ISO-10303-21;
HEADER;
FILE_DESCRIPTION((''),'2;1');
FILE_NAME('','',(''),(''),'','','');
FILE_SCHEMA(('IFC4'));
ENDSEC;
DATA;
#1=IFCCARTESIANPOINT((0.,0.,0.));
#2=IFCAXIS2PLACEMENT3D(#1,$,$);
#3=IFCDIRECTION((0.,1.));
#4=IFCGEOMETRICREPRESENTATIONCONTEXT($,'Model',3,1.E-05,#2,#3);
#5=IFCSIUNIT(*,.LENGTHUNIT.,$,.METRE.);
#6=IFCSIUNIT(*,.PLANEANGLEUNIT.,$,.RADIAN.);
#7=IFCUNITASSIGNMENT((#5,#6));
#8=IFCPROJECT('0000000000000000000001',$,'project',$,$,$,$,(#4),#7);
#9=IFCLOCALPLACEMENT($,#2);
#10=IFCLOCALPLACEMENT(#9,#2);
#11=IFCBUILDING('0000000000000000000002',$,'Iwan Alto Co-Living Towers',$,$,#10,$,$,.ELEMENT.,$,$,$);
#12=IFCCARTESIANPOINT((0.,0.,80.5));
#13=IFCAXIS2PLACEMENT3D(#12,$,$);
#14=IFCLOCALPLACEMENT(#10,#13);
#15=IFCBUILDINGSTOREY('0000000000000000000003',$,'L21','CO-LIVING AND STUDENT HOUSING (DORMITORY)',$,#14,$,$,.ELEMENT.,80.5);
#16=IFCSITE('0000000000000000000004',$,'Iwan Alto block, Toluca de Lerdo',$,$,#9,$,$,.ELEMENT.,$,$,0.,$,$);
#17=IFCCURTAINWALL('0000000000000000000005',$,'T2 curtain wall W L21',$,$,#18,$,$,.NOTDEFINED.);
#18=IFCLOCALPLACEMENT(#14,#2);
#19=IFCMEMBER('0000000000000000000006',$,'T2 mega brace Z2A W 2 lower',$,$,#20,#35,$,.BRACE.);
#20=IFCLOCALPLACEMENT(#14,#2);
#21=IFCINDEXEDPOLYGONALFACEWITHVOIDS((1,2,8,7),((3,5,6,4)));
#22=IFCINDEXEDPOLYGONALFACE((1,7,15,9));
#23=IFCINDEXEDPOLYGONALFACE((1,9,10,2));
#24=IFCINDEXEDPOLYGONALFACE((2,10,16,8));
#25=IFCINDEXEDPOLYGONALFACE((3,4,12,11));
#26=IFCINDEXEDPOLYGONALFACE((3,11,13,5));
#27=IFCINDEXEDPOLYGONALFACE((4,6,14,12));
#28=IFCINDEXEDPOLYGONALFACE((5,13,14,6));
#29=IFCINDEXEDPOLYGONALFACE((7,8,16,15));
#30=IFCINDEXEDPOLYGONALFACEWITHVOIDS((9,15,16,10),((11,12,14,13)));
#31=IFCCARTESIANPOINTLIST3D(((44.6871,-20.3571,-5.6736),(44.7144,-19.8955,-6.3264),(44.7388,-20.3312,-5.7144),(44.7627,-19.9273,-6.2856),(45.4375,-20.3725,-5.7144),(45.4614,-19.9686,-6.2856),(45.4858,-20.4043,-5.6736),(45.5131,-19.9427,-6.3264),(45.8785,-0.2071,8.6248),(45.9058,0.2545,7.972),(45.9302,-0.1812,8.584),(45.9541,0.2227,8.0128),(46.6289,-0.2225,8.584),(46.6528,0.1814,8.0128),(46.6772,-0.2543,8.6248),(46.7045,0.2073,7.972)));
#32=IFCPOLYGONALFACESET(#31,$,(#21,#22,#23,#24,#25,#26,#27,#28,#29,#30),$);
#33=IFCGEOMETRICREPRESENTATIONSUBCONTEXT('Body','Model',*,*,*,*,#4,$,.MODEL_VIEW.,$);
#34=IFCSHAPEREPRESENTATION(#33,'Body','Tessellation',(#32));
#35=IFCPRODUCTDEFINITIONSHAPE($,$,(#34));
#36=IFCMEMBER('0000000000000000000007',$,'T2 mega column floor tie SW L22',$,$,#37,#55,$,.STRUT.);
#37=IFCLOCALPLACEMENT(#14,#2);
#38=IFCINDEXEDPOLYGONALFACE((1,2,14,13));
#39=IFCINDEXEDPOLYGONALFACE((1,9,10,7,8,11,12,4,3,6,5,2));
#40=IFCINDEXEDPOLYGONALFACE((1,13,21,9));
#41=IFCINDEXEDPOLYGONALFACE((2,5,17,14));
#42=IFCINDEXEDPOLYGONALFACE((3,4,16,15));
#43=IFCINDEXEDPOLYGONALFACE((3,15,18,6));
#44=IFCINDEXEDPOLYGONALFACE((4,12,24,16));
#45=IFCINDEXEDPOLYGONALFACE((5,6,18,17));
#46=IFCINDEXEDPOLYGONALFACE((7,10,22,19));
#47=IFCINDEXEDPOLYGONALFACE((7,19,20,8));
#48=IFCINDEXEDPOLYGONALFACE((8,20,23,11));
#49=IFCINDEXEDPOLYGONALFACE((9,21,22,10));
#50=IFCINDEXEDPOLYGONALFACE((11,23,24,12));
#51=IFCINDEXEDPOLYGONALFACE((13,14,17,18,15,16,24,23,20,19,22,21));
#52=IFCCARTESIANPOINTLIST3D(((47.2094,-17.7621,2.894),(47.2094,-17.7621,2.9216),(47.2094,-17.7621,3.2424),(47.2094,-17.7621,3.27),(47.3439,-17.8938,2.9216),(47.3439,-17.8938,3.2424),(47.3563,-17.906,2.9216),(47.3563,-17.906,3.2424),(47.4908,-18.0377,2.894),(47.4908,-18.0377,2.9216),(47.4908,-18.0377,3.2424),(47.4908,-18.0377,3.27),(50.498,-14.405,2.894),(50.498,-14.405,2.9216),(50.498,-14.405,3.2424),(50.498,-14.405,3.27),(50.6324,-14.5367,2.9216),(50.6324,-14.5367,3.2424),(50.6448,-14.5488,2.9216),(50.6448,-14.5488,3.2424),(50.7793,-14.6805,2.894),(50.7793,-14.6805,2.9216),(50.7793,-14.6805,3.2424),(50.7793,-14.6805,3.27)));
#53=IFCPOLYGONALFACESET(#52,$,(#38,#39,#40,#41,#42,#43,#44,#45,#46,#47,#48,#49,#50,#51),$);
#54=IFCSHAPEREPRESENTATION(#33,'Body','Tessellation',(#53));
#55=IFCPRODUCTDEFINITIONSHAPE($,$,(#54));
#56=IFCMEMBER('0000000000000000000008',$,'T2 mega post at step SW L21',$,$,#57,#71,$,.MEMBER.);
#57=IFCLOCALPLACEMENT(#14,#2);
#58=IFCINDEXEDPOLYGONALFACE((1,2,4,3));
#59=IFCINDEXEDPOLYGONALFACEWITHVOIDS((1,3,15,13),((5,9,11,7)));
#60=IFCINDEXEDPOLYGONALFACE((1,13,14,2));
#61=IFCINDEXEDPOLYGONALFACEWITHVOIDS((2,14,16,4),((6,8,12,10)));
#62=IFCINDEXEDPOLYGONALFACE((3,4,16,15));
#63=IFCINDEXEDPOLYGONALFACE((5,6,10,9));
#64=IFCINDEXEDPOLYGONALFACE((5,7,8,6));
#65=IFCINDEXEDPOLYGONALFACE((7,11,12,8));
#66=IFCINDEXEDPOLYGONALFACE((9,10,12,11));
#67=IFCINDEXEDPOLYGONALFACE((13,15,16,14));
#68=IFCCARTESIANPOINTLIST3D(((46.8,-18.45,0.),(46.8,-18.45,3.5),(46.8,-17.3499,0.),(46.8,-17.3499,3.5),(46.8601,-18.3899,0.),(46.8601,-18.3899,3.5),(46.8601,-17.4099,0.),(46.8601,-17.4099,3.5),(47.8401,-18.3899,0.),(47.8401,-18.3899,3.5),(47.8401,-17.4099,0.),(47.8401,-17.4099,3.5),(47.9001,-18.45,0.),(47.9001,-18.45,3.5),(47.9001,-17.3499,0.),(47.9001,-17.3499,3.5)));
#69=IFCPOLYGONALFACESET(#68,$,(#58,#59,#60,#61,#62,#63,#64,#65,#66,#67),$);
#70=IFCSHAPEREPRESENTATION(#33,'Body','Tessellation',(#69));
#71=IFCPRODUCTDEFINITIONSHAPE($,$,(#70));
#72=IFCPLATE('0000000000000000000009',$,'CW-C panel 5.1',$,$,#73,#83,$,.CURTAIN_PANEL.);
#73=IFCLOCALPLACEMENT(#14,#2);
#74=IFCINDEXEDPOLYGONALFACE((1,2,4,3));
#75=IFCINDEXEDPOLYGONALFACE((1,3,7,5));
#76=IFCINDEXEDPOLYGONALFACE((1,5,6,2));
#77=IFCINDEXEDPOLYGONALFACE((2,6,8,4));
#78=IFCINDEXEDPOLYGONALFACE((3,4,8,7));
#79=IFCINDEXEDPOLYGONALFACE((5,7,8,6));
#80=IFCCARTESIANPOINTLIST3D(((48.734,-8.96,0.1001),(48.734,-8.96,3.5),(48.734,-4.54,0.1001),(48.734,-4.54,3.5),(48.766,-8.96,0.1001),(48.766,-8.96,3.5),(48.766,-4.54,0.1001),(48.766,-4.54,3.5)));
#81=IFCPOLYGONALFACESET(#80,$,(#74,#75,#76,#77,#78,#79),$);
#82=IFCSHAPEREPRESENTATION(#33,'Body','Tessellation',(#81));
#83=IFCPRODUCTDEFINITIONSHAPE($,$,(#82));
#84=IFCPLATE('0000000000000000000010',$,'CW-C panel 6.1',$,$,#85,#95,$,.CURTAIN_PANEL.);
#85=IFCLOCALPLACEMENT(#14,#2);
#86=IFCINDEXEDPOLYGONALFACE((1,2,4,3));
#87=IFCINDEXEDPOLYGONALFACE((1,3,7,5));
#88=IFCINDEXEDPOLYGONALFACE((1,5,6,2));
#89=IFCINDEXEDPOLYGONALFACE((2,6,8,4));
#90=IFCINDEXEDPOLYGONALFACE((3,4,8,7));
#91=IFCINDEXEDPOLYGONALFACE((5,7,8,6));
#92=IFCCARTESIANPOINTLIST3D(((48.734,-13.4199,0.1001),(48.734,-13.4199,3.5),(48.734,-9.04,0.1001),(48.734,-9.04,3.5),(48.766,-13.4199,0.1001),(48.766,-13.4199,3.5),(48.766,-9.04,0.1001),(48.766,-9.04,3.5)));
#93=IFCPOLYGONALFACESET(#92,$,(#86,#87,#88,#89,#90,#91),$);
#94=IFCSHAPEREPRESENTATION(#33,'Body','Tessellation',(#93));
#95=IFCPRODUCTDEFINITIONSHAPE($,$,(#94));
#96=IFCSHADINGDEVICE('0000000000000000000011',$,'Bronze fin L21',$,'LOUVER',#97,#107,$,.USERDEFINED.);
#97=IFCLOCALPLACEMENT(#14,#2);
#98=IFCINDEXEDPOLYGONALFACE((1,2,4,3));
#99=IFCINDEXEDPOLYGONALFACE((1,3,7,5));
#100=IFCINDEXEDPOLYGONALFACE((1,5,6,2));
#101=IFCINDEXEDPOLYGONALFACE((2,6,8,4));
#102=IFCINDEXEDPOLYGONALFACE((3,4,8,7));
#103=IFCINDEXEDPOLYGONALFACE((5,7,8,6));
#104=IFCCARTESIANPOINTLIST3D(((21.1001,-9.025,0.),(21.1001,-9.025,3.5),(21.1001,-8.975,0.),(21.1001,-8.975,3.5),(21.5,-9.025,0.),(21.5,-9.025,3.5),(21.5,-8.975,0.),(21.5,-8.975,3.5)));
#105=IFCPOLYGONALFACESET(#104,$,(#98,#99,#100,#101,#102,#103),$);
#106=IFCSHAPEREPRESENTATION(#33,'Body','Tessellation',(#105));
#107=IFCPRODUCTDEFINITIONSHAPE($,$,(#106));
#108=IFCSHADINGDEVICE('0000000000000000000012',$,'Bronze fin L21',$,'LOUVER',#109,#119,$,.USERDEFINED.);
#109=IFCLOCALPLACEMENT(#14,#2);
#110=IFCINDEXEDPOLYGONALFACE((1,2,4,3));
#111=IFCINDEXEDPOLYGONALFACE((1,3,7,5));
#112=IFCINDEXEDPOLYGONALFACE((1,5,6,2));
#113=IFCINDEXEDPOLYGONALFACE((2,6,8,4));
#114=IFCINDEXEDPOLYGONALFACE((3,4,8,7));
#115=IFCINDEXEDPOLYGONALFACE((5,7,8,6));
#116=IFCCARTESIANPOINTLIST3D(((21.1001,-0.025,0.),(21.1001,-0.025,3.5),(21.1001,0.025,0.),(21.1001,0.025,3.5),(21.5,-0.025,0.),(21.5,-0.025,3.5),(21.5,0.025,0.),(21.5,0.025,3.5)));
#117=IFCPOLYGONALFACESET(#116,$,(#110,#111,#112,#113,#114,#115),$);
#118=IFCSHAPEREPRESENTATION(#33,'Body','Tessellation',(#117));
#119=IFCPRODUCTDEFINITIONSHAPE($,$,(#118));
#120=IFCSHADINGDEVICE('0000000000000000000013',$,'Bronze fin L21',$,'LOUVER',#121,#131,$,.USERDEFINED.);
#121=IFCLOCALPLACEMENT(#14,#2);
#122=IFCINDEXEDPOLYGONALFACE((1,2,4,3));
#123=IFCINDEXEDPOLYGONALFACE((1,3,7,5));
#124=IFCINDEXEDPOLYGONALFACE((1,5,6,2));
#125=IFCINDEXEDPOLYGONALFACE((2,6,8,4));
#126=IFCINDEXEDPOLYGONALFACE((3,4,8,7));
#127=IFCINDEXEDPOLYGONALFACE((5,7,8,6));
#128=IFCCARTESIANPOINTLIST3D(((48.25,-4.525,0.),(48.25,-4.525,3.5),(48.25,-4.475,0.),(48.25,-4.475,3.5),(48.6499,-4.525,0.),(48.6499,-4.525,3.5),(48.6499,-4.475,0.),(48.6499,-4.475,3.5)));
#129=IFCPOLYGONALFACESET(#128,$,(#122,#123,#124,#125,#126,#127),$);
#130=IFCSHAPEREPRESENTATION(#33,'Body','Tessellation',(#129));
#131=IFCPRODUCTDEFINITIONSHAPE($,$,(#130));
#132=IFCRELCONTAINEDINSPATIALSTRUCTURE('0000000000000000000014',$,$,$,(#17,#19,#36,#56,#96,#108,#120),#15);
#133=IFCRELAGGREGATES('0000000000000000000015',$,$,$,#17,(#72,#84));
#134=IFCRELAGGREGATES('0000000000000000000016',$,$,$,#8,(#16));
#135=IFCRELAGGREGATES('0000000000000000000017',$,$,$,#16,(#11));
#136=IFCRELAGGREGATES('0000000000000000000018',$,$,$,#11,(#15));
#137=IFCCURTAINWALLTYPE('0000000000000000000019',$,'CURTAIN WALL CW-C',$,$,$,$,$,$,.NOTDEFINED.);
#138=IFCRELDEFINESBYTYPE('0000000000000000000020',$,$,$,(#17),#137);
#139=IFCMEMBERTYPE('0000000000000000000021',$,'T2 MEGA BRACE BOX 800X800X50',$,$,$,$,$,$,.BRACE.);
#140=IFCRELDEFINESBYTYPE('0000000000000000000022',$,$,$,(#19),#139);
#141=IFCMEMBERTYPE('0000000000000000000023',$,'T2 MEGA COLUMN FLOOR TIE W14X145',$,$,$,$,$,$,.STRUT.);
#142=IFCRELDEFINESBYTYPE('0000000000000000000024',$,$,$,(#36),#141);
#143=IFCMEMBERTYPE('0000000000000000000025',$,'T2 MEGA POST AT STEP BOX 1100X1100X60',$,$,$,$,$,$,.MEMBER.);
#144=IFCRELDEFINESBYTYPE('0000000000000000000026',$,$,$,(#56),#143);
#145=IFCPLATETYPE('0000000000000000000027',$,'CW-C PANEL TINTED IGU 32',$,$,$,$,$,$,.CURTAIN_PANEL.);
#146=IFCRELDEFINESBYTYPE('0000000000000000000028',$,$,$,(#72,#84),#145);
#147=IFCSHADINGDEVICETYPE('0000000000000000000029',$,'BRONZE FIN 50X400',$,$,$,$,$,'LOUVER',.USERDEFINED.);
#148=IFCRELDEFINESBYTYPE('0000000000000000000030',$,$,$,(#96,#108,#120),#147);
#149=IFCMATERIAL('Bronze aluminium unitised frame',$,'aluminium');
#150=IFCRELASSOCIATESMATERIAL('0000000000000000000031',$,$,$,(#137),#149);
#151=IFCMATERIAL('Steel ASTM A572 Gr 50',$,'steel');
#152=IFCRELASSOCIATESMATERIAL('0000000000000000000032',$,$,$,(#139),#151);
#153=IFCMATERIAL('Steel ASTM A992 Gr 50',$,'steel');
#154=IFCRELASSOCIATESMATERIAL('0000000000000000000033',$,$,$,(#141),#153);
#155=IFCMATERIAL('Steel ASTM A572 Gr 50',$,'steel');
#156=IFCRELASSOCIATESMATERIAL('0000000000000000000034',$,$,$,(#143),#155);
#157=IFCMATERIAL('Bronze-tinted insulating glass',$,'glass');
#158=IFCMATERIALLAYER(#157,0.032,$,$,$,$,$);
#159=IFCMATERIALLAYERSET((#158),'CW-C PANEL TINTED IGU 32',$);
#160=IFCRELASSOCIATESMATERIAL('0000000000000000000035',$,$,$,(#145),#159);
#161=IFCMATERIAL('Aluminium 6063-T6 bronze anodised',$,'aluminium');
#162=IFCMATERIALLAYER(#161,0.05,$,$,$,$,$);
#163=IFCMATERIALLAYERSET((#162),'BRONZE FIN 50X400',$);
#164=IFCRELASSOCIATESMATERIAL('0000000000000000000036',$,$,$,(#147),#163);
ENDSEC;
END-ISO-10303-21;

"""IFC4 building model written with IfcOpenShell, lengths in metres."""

from ifc_helpers import new_model, si_unit, direction, frame, origin, origin_2d, place, context, subcontext, project, spatial, rectangle, hollow_rectangle, i_section, extrude, material, layer, layer_set, material_profile, profile_set, type_object, element, aggregate, save


model = new_model("IFC4")

# Units and contexts
model_context = context("Model", 3, precision=1e-05, world=origin(), true_north=direction((0.0, 1.0)))
body_context = subcontext(model_context, "Body", "Model", "MODEL_VIEW")
ifc_project = project(units=[si_unit("LENGTHUNIT", "METRE"), si_unit("PLANEANGLEUNIT", "RADIAN")], contexts=[model_context])

# Site, building, storey
site_placement = place(None, origin())
site = spatial("IfcSite", under=ifc_project, at=site_placement, Name="Iwan Alto block, Toluca de Lerdo", CompositionType="ELEMENT", RefElevation=0.0)
building_placement = place(site_placement, origin())
building = spatial("IfcBuilding", under=site, at=building_placement, Name="Iwan Alto Co-Living Towers", CompositionType="ELEMENT")
storey_placement = place(building_placement, frame((0.0, 0.0, 80.5)))
storey = spatial("IfcBuildingStorey", under=building, at=storey_placement, Name="L21", Description="CO-LIVING AND STUDENT HOUSING (DORMITORY)", CompositionType="ELEMENT", Elevation=80.5)

# Curtain wall
ifc_material_1 = material(Name="Bronze aluminium unitised frame", Category="aluminium")
curtain_wall_type = type_object("IfcCurtainWallType", Name="CURTAIN WALL CW-C", PredefinedType="NOTDEFINED", material=ifc_material_1)
curtain_wall_placement = place(storey_placement, origin())
curtain_wall = element("IfcCurtainWall", 1, at=curtain_wall_placement, inside=storey, type_object=curtain_wall_type, Name="T2 curtain wall W L21", PredefinedType="NOTDEFINED")

# Members
ifc_material_2 = material(Name="Steel ASTM A572 Gr 50", Category="steel")
ifc_material_profile_1 = material_profile(ifc_material_2, hollow_rectangle(XDim=0.8, YDim=0.8, WallThickness=0.05, at=origin_2d()), Name="BOX 800X800X50")
ifc_profile_set_1 = profile_set([ifc_material_profile_1], Name="Steel ASTM A572 Gr 50")
member_type_1 = type_object("IfcMemberType", Name="T2 MEGA BRACE BOX 800X800X50", PredefinedType="BRACE", material=ifc_profile_set_1)
member_1_placement = place(storey_placement, frame((45.1001, -20.1499, -6.0), z_axis=(0.048164, 0.814591, 0.578033), x_axis=(-0.998257, 0.059024, 0.0)))
element("IfcMember", 2, at=member_1_placement, inside=storey, type_object=member_type_1, Name="T2 mega brace Z2A W 2 lower", PredefinedType="BRACE", context=body_context, shape_type="SweptSolid", body=[
    extrude(hollow_rectangle(XDim=0.8, YDim=0.8, WallThickness=0.05, at=origin_2d()), origin(), (0.0, 0.0, 1.0), 24.7363),
])
ifc_material_3 = material(Name="Steel ASTM A992 Gr 50", Category="steel")
ifc_material_profile_2 = material_profile(ifc_material_3, i_section(OverallWidth=0.3938, OverallDepth=0.376, WebThickness=0.0173, FlangeThickness=0.0276, at=origin_2d()), Name="W14X145")
ifc_profile_set_2 = profile_set([ifc_material_profile_2], Name="Steel ASTM A992 Gr 50")
member_type_2 = type_object("IfcMemberType", Name="T2 MEGA COLUMN FLOOR TIE W14X145", PredefinedType="STRUT", material=ifc_profile_set_2)
member_2_placement = place(storey_placement, frame((47.3501, -17.8999, 3.082), z_axis=(0.69977, 0.714368, 0.0), x_axis=(-0.714368, 0.69977, 0.0)))
element("IfcMember", 3, at=member_2_placement, inside=storey, type_object=member_type_2, Name="T2 mega column floor tie SW L22", PredefinedType="STRUT", context=body_context, shape_type="SweptSolid", body=[
    extrude(i_section(OverallWidth=0.3938, OverallDepth=0.376, WebThickness=0.0173, FlangeThickness=0.0276, at=origin_2d()), origin(), (0.0, 0.0, 1.0), 4.6995),
])
ifc_material_4 = material(Name="Steel ASTM A572 Gr 50", Category="steel")
ifc_material_profile_3 = material_profile(ifc_material_4, hollow_rectangle(XDim=1.1001, YDim=1.1001, WallThickness=0.0601, at=origin_2d()), Name="BOX 1100X1100X60")
ifc_profile_set_3 = profile_set([ifc_material_profile_3], Name="Steel ASTM A572 Gr 50")
member_type_3 = type_object("IfcMemberType", Name="T2 MEGA POST AT STEP BOX 1100X1100X60", PredefinedType="MEMBER", material=ifc_profile_set_3)
member_3_placement = place(storey_placement, frame((47.3501, -17.8999, 0.0), z_axis=(0.0, 0.0, 1.0), x_axis=(1.0, 0.0, 0.0)))
element("IfcMember", 4, at=member_3_placement, inside=storey, type_object=member_type_3, Name="T2 mega post at step SW L21", PredefinedType="MEMBER", context=body_context, shape_type="SweptSolid", body=[
    extrude(hollow_rectangle(XDim=1.1001, YDim=1.1001, WallThickness=0.0601, at=origin_2d()), origin(), (0.0, 0.0, 1.0), 3.5),
])

# Plates
ifc_material_5 = material(Name="Bronze-tinted insulating glass", Category="glass")
ifc_layer_1 = layer(ifc_material_5, 0.032)
ifc_layer_set_1 = layer_set([ifc_layer_1], Name="CW-C PANEL TINTED IGU 32")
plate_type = type_object("IfcPlateType", Name="CW-C PANEL TINTED IGU 32", PredefinedType="CURTAIN_PANEL", material=ifc_layer_set_1)
plate_1_placement = place(storey_placement, frame((48.75, -6.75, 0.1001), z_axis=(0.0, 0.0, 1.0), x_axis=(0.0, -1.0, 0.0)))
plate_1 = element("IfcPlate", 5, at=plate_1_placement, type_object=plate_type, Name="CW-C panel 5.1", PredefinedType="CURTAIN_PANEL", context=body_context, shape_type="SweptSolid", body=[
    extrude(rectangle(XDim=4.4199, YDim=0.032, at=origin_2d()), origin(), (0.0, 0.0, 1.0), 3.3999),
])
plate_2_placement = place(storey_placement, frame((48.75, -11.23, 0.1001), z_axis=(0.0, 0.0, 1.0), x_axis=(0.0, -1.0, 0.0)))
plate_2 = element("IfcPlate", 6, at=plate_2_placement, type_object=plate_type, Name="CW-C panel 6.1", PredefinedType="CURTAIN_PANEL", context=body_context, shape_type="SweptSolid", body=[
    extrude(rectangle(XDim=4.3799, YDim=0.032, at=origin_2d()), origin(), (0.0, 0.0, 1.0), 3.3999),
])
aggregate(curtain_wall, [plate_1, plate_2])

# Shading devices
ifc_material_6 = material(Name="Aluminium 6063-T6 bronze anodised", Category="aluminium")
ifc_layer_2 = layer(ifc_material_6, 0.05)
ifc_layer_set_2 = layer_set([ifc_layer_2], Name="BRONZE FIN 50X400")
shading_device_type = type_object("IfcShadingDeviceType", Name="BRONZE FIN 50X400", ElementType="LOUVER", PredefinedType="USERDEFINED", material=ifc_layer_set_2)
for number, where, z_axis, x_axis, name in (
    (7, (21.3, -9.0, 0.0), (0.0, 0.0, 1.0), (0.0, 1.0, 0.0), "Bronze fin L21"),
    (8, (21.3, 0.0, 0.0), (0.0, 0.0, 1.0), (0.0, 1.0, 0.0), "Bronze fin L21"),
    (9, (48.45, -4.5, 0.0), (0.0, 0.0, 1.0), (0.0, -1.0, 0.0), "Bronze fin L21"),
):
    element("IfcShadingDevice", number, at=place(storey_placement, frame(where, z_axis=z_axis, x_axis=x_axis)), inside=storey, type_object=shading_device_type, Name=name, ObjectType="LOUVER", PredefinedType="USERDEFINED", context=body_context, shape_type="SweptSolid", body=[
        extrude(rectangle(XDim=0.05, YDim=0.3999, at=origin_2d()), origin(), (0.0, 0.0, 1.0), 3.5),
    ])

save(model, "model.ifc")
